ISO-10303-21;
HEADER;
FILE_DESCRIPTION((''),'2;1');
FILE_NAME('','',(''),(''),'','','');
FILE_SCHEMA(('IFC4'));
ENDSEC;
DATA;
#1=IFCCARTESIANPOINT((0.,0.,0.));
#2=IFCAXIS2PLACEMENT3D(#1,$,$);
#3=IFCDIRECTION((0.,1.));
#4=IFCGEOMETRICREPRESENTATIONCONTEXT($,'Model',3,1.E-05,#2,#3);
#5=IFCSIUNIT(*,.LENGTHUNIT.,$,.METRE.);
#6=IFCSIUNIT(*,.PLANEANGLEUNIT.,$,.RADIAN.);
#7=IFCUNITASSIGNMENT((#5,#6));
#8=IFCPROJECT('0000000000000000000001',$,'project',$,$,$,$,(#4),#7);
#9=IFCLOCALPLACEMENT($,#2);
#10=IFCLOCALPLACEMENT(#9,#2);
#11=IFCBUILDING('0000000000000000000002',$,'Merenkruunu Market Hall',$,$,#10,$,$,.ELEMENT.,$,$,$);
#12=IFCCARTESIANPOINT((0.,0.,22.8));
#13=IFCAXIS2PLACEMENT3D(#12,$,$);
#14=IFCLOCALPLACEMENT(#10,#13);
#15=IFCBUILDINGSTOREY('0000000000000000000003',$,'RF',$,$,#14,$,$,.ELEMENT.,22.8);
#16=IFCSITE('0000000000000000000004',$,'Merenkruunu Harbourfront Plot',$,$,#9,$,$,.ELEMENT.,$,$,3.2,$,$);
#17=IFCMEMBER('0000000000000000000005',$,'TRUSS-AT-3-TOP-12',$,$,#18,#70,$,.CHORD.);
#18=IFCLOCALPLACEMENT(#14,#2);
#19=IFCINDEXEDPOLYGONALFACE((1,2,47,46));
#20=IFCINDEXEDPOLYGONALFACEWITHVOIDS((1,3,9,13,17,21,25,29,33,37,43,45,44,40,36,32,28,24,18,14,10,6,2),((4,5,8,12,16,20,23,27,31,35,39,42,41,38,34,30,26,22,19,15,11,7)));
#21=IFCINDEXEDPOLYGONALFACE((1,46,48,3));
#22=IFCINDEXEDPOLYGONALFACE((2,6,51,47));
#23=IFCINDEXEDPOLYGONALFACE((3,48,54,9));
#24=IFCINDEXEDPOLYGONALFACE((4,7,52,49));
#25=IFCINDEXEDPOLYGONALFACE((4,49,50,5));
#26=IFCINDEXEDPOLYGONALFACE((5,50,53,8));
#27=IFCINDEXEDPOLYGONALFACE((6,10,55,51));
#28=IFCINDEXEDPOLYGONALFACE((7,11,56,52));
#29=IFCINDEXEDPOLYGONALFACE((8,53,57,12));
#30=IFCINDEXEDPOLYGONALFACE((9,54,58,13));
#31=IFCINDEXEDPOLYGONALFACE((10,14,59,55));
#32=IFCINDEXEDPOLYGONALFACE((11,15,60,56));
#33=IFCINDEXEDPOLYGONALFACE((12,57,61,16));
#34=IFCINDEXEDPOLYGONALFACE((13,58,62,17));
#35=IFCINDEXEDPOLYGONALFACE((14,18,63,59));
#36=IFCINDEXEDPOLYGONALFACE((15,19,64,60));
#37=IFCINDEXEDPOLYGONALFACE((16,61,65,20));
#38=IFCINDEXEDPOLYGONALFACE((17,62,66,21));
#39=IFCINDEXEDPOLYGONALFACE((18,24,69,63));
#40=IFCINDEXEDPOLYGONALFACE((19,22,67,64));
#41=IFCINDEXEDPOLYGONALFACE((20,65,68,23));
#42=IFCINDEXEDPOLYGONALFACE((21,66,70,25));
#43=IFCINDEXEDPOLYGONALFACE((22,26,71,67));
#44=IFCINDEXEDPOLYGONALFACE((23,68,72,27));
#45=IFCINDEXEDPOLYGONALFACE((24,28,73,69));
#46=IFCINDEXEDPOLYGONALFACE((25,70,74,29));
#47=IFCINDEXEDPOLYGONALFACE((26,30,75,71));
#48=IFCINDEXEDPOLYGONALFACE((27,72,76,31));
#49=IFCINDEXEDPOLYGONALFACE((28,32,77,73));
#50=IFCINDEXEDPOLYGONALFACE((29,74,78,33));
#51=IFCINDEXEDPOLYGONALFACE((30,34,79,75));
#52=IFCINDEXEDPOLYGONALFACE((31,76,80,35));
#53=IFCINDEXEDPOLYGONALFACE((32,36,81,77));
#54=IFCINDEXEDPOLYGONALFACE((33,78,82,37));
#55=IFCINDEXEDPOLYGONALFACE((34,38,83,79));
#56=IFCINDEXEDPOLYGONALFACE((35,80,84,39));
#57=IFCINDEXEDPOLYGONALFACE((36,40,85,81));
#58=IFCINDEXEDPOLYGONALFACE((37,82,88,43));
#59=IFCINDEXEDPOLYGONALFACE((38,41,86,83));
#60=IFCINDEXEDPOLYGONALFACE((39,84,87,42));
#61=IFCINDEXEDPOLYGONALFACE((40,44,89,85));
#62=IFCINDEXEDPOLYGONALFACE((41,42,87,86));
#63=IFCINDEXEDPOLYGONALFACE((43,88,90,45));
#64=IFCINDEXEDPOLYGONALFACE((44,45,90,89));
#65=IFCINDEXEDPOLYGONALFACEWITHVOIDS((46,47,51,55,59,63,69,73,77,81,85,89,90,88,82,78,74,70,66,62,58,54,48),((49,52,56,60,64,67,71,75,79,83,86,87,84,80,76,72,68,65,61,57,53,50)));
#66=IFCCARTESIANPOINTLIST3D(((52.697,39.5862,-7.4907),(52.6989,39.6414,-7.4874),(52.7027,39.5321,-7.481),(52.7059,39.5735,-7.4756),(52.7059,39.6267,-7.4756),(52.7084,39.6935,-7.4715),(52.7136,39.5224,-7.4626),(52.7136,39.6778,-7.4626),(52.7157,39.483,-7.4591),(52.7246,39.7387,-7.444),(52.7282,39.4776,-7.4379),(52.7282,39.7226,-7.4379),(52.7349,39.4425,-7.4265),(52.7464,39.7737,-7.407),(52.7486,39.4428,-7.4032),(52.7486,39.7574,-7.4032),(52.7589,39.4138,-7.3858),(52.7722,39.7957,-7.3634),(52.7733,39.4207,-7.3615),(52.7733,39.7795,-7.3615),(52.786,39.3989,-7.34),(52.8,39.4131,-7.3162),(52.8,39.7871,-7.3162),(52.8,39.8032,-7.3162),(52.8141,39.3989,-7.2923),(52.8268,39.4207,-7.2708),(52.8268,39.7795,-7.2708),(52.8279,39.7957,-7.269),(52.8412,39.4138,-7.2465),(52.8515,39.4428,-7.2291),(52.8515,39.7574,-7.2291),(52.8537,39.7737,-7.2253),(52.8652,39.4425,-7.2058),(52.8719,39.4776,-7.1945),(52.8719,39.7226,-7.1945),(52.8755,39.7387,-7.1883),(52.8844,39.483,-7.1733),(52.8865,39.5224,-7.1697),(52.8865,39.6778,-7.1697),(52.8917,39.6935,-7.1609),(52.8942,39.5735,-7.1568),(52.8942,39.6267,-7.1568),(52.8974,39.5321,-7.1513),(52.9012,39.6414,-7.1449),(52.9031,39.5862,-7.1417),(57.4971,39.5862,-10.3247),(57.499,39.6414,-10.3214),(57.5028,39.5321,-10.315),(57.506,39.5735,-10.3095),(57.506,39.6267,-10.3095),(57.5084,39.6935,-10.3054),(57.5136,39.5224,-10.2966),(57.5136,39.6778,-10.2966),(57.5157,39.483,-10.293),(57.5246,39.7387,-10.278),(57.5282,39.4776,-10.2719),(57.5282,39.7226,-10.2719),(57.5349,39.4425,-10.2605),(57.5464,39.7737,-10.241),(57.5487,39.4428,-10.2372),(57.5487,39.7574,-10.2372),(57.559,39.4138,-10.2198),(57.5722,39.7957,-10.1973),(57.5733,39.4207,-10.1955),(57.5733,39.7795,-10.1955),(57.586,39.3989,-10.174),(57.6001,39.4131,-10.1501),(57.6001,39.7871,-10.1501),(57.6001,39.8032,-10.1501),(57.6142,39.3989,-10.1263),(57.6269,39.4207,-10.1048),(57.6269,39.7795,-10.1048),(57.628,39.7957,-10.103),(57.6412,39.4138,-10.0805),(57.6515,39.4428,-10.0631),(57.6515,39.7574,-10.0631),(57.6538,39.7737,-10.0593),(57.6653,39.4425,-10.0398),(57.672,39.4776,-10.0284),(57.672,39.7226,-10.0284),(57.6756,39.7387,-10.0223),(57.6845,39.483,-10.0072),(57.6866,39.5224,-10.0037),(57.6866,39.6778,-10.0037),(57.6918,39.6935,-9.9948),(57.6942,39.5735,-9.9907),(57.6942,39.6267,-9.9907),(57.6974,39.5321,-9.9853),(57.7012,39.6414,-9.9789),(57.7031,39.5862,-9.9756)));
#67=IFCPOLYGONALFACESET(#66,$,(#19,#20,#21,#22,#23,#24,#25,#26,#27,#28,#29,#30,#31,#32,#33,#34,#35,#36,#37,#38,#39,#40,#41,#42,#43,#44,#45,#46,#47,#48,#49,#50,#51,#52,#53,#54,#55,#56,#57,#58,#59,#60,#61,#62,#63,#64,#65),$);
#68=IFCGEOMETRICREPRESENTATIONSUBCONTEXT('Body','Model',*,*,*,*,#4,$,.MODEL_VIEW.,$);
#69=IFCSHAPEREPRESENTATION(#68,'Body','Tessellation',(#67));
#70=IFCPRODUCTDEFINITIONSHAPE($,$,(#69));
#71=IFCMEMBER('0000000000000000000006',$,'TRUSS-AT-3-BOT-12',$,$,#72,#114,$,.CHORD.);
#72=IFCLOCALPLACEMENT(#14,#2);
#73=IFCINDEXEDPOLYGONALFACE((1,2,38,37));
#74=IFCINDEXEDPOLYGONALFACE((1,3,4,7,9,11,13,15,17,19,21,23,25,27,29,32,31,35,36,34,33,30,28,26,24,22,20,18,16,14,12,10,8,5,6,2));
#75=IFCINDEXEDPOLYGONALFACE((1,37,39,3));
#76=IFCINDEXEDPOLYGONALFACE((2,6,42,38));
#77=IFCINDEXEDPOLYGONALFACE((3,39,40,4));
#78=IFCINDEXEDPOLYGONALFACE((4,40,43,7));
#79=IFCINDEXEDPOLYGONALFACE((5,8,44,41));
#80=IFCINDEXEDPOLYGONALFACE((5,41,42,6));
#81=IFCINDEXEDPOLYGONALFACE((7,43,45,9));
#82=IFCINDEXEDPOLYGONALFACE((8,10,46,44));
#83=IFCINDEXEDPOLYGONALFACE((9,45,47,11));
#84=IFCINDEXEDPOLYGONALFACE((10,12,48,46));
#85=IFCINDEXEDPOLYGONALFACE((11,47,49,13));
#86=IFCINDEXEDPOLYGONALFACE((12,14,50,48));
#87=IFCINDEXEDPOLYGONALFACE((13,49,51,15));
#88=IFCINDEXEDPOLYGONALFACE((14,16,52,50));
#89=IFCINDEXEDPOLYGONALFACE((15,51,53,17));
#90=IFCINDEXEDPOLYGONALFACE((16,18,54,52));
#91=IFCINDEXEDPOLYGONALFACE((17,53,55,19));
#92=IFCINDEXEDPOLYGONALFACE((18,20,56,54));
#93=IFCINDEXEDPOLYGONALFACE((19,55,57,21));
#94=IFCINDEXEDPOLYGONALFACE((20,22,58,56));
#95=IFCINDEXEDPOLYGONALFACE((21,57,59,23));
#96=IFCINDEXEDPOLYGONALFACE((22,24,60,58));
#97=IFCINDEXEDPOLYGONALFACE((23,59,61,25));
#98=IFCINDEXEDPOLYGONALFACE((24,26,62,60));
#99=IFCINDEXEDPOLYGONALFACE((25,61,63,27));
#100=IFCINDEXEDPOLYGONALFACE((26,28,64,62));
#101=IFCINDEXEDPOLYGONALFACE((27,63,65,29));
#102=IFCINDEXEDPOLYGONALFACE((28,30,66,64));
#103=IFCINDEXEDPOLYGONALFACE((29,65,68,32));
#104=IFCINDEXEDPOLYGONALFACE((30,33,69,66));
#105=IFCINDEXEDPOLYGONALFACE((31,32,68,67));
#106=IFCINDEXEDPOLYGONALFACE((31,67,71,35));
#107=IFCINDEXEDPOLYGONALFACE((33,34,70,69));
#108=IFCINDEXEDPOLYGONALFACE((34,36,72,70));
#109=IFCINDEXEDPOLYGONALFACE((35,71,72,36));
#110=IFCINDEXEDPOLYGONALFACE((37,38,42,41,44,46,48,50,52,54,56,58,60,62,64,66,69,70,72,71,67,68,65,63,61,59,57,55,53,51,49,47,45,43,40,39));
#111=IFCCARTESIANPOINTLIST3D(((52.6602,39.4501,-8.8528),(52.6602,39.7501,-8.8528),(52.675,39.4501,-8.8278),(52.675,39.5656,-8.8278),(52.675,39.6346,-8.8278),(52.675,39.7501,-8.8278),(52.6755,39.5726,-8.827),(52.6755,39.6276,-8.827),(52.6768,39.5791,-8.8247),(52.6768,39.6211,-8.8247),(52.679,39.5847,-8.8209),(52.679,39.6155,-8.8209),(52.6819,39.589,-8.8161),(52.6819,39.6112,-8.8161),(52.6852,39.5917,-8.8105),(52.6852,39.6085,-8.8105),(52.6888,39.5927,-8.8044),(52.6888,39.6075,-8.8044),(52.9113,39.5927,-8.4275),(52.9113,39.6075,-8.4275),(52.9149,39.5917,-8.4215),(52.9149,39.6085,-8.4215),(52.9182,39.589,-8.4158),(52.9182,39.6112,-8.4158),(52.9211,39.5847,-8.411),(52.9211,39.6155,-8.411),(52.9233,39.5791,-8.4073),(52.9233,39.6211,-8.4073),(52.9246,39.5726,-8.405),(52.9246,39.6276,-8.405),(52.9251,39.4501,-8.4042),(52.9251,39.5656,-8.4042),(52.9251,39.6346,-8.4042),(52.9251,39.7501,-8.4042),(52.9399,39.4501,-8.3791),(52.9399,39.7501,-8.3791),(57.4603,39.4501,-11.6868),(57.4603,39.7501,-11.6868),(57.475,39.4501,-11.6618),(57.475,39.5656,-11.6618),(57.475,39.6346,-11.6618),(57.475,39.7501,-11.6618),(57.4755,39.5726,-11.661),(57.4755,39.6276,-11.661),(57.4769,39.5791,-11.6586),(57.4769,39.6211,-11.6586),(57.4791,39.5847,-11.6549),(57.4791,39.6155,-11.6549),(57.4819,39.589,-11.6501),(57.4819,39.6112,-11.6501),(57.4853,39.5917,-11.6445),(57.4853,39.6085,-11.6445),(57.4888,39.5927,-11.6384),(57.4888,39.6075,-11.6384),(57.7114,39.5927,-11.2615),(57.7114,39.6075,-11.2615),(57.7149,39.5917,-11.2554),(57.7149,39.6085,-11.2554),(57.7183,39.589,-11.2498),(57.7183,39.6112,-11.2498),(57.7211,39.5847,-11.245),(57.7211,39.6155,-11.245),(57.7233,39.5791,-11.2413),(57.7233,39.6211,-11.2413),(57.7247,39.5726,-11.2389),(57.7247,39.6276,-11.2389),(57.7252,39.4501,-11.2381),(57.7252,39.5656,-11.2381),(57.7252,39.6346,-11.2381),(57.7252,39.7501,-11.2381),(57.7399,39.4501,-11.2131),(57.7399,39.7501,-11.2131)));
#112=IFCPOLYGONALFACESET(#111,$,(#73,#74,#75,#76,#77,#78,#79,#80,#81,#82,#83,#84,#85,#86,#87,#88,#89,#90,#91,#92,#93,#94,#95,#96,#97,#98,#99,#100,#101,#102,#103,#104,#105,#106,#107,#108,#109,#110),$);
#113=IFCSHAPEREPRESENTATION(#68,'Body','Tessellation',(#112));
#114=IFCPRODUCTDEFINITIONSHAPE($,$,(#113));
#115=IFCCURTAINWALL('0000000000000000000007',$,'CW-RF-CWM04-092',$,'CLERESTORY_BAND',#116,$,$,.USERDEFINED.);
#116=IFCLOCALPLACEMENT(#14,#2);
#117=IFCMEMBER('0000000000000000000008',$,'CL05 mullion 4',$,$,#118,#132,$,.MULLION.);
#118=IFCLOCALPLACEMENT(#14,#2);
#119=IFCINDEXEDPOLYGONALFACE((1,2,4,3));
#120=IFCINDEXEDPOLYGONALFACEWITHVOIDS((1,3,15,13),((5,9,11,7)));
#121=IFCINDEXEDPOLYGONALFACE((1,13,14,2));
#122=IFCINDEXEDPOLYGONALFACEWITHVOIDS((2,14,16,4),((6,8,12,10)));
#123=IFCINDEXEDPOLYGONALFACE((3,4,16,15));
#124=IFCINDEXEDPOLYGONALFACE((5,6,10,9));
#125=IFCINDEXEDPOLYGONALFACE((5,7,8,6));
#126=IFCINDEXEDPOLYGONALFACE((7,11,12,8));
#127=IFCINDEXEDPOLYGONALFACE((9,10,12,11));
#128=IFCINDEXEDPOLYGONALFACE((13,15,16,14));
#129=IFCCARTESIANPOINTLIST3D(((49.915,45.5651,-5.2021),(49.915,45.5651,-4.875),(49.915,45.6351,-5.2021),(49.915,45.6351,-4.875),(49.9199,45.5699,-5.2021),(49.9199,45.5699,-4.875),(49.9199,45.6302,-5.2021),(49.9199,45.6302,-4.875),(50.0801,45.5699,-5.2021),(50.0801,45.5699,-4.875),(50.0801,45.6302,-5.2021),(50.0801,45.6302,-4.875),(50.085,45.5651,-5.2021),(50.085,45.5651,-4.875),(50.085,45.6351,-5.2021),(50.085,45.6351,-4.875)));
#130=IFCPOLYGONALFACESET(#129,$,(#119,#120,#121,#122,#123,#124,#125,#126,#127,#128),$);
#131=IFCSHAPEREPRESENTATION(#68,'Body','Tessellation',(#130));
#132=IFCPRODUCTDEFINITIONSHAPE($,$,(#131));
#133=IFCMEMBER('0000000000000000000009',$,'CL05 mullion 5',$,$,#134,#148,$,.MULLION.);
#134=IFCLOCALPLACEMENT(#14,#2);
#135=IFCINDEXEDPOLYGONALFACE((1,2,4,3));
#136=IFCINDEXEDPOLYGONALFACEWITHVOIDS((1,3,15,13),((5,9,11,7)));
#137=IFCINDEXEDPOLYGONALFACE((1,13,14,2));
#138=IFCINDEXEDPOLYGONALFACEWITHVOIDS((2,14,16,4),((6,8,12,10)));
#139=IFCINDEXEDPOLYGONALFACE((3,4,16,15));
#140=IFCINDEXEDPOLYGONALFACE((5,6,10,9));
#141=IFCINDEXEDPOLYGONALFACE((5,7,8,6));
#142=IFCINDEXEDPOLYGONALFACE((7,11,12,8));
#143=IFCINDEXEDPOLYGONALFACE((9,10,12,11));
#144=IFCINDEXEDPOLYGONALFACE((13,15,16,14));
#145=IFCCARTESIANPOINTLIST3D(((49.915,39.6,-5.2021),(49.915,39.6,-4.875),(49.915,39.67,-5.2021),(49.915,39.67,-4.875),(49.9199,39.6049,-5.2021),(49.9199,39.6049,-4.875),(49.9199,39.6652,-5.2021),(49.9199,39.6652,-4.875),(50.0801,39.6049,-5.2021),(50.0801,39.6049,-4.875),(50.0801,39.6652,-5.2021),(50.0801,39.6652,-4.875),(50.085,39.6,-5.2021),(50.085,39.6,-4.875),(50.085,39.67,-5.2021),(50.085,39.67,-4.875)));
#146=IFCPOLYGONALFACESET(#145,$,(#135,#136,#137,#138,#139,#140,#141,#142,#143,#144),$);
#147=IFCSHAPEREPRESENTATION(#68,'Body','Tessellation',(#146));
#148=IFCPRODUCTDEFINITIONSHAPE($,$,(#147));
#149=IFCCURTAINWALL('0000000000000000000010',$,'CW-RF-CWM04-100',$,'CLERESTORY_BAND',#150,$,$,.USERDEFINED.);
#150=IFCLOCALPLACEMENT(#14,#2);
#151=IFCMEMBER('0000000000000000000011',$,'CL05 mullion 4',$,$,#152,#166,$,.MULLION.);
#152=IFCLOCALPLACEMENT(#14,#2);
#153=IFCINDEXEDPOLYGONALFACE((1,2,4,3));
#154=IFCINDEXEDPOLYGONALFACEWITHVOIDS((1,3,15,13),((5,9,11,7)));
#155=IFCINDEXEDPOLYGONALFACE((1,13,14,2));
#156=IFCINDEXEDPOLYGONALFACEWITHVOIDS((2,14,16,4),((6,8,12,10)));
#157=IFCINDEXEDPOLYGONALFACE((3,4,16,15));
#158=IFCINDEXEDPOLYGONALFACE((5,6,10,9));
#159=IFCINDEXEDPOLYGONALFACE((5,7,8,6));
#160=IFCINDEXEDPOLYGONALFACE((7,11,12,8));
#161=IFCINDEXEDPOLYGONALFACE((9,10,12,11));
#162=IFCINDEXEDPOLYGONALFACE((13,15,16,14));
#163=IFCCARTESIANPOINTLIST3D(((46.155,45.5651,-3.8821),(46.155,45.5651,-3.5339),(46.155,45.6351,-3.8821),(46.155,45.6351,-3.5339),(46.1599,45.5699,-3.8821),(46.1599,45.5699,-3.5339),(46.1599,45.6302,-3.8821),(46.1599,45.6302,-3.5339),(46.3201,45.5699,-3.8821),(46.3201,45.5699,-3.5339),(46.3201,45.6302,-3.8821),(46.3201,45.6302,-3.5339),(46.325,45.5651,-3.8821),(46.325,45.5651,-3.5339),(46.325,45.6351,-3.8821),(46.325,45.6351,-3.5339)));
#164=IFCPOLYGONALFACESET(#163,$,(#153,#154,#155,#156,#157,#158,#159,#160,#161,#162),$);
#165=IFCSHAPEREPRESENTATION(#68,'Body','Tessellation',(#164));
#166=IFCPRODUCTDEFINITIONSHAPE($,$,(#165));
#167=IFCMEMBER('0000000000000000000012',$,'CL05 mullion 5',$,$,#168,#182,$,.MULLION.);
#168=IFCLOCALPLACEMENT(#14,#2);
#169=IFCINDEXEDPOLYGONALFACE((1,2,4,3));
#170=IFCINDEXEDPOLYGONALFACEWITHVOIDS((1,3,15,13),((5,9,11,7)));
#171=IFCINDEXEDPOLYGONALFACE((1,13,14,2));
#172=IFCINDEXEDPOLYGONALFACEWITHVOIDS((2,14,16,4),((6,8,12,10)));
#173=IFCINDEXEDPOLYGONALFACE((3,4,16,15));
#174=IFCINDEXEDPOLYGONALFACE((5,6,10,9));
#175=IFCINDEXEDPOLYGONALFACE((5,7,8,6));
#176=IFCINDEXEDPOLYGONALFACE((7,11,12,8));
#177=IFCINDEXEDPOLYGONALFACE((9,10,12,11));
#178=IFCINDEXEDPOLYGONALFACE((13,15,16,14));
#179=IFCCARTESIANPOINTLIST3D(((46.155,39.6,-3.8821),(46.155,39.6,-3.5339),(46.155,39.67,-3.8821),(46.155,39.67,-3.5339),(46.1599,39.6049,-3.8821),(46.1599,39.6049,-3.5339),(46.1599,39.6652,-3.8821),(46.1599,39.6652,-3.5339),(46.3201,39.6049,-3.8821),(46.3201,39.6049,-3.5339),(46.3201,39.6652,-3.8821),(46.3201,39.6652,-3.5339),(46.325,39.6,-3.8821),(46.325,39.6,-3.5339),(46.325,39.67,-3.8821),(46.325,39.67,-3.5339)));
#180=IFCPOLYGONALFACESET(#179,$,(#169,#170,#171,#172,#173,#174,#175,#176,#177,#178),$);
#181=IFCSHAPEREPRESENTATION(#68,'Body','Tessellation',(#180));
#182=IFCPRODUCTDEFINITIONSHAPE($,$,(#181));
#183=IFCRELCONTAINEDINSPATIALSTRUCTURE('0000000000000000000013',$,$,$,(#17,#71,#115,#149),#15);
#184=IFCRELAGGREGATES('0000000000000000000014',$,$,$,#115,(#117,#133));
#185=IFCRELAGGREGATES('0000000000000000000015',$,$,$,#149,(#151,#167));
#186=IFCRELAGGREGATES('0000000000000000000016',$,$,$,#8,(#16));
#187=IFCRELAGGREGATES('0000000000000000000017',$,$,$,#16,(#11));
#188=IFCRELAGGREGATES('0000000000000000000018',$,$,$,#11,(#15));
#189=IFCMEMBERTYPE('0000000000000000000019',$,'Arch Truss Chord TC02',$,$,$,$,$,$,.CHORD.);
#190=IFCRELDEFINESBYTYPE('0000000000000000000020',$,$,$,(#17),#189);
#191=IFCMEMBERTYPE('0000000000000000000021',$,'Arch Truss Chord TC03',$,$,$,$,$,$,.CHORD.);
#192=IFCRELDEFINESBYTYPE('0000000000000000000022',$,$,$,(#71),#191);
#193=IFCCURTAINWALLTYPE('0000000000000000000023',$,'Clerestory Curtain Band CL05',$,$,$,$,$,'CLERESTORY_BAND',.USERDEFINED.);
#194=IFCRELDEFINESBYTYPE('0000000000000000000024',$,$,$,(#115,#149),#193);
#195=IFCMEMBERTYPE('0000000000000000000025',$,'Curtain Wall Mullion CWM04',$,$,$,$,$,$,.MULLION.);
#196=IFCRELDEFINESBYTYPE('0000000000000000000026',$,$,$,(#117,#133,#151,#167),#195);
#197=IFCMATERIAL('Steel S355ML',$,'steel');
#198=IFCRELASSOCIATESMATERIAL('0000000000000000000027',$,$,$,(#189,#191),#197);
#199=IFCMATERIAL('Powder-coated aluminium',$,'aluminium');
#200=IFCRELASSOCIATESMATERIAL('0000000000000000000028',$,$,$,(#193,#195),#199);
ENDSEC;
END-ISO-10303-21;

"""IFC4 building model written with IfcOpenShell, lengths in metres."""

from ifc_helpers import new_model, si_unit, direction, frame, origin, origin_2d, place, context, subcontext, project, spatial, hollow_rectangle, hollow_circle, i_section, extrude, material, material_profile, profile_set, type_object, element, aggregate, save


model = new_model("IFC4")

# Units and contexts
model_context = context("Model", 3, precision=1e-05, world=origin(), true_north=direction((0.0, 1.0)))
body_context = subcontext(model_context, "Body", "Model", "MODEL_VIEW")
ifc_project = project(units=[si_unit("LENGTHUNIT", "METRE"), si_unit("PLANEANGLEUNIT", "RADIAN")], contexts=[model_context])

# Site, building, storey
site_placement = place(None, origin())
site = spatial("IfcSite", under=ifc_project, at=site_placement, Name="Merenkruunu Harbourfront Plot", CompositionType="ELEMENT", RefElevation=3.2)
building_placement = place(site_placement, origin())
building = spatial("IfcBuilding", under=site, at=building_placement, Name="Merenkruunu Market Hall", CompositionType="ELEMENT")
storey_placement = place(building_placement, frame((0.0, 0.0, 22.8)))
storey = spatial("IfcBuildingStorey", under=building, at=storey_placement, Name="RF", CompositionType="ELEMENT", Elevation=22.8)

# Members
ifc_material_1 = material(Name="Steel S355ML", Category="steel")
ifc_material_profile_1 = material_profile(ifc_material_1, hollow_circle(Radius=0.2031, WallThickness=0.0161, at=origin_2d()), Name="CHS 406.4x16")
ifc_profile_set_1 = profile_set([ifc_material_profile_1], Name="Steel S355ML")
member_type_1 = type_object("IfcMemberType", Name="Arch Truss Chord TC02", PredefinedType="CHORD", material=ifc_profile_set_1)
member_1_placement = place(storey_placement, frame((52.8, 39.6001, -7.3162), z_axis=(0.861116, 0.0, -0.508409), x_axis=(0.0, 1.0, 0.0)))
element("IfcMember", 1, at=member_1_placement, inside=storey, type_object=member_type_1, Name="TRUSS-AT-3-TOP-12", PredefinedType="CHORD", context=body_context, shape_type="SweptSolid", body=[
    extrude(hollow_circle(Radius=0.2031, WallThickness=0.0161, at=origin_2d()), origin(), (0.0, 0.0, 1.0), 5.5742),
])
ifc_material_profile_2 = material_profile(ifc_material_1, i_section(OverallWidth=0.3, OverallDepth=0.55, WebThickness=0.0149, FlangeThickness=0.0291, FilletRadius=0.0271, at=origin_2d()), Name="HEB 550")
ifc_profile_set_2 = profile_set([ifc_material_profile_2], Name="Steel S355ML")
member_type_2 = type_object("IfcMemberType", Name="Arch Truss Chord TC03", PredefinedType="CHORD", material=ifc_profile_set_2)
member_2_placement = place(storey_placement, frame((52.8, 39.6001, -8.616), z_axis=(0.861116, 0.0, -0.508409), x_axis=(0.0, 1.0, 0.0)))
element("IfcMember", 2, at=member_2_placement, inside=storey, type_object=member_type_2, Name="TRUSS-AT-3-BOT-12", PredefinedType="CHORD", context=body_context, shape_type="SweptSolid", body=[
    extrude(i_section(OverallWidth=0.3, OverallDepth=0.55, WebThickness=0.0149, FlangeThickness=0.0291, FilletRadius=0.0271, at=origin_2d()), origin(), (0.0, 0.0, 1.0), 5.5742),
])

# Curtain walls, members
ifc_material_2 = material(Name="Powder-coated aluminium", Category="aluminium")
curtain_wall_type = type_object("IfcCurtainWallType", Name="Clerestory Curtain Band CL05", ElementType="CLERESTORY_BAND", PredefinedType="USERDEFINED", material=ifc_material_2)
curtain_wall_1_placement = place(storey_placement, origin())
curtain_wall_1 = element("IfcCurtainWall", 3, at=curtain_wall_1_placement, inside=storey, type_object=curtain_wall_type, Name="CW-RF-CWM04-092", ObjectType="CLERESTORY_BAND", PredefinedType="USERDEFINED")
ifc_material_profile_3 = material_profile(ifc_material_2, hollow_rectangle(XDim=0.0701, YDim=0.1699, WallThickness=0.0049, at=origin_2d()), Name="ALU 70x170x5")
ifc_profile_set_3 = profile_set([ifc_material_profile_3], Name="Powder-coated aluminium")
member_type_3 = type_object("IfcMemberType", Name="Curtain Wall Mullion CWM04", PredefinedType="MULLION", material=ifc_profile_set_3)
member_3_placement = place(storey_placement, frame((50.0, 45.6001, -5.2021), z_axis=(0.0, 0.0, 1.0), x_axis=(0.0, -1.0, 0.0)))
member_3 = element("IfcMember", 4, at=member_3_placement, type_object=member_type_3, Name="CL05 mullion 4", PredefinedType="MULLION", context=body_context, shape_type="SweptSolid", body=[
    extrude(hollow_rectangle(XDim=0.0701, YDim=0.1699, WallThickness=0.0049, at=origin_2d()), origin(), (0.0, 0.0, 1.0), 0.3271),
])
member_4_placement = place(storey_placement, frame((50.0, 39.635, -5.2021), z_axis=(0.0, 0.0, 1.0), x_axis=(0.0, -1.0, 0.0)))
member_4 = element("IfcMember", 5, at=member_4_placement, type_object=member_type_3, Name="CL05 mullion 5", PredefinedType="MULLION", context=body_context, shape_type="SweptSolid", body=[
    extrude(hollow_rectangle(XDim=0.0701, YDim=0.1699, WallThickness=0.0049, at=origin_2d()), origin(), (0.0, 0.0, 1.0), 0.3271),
])
curtain_wall_2_placement = place(storey_placement, origin())
curtain_wall_2 = element("IfcCurtainWall", 6, at=curtain_wall_2_placement, inside=storey, type_object=curtain_wall_type, Name="CW-RF-CWM04-100", ObjectType="CLERESTORY_BAND", PredefinedType="USERDEFINED")
member_5_placement = place(storey_placement, frame((46.24, 45.6001, -3.8821), z_axis=(0.0, 0.0, 1.0), x_axis=(0.0, -1.0, 0.0)))
member_5 = element("IfcMember", 7, at=member_5_placement, type_object=member_type_3, Name="CL05 mullion 4", PredefinedType="MULLION", context=body_context, shape_type="SweptSolid", body=[
    extrude(hollow_rectangle(XDim=0.0701, YDim=0.1699, WallThickness=0.0049, at=origin_2d()), origin(), (0.0, 0.0, 1.0), 0.3481),
])
member_6_placement = place(storey_placement, frame((46.24, 39.635, -3.8821), z_axis=(0.0, 0.0, 1.0), x_axis=(0.0, -1.0, 0.0)))
member_6 = element("IfcMember", 8, at=member_6_placement, type_object=member_type_3, Name="CL05 mullion 5", PredefinedType="MULLION", context=body_context, shape_type="SweptSolid", body=[
    extrude(hollow_rectangle(XDim=0.0701, YDim=0.1699, WallThickness=0.0049, at=origin_2d()), origin(), (0.0, 0.0, 1.0), 0.3481),
])

aggregate(curtain_wall_1, [member_3, member_4])
aggregate(curtain_wall_2, [member_5, member_6])

save(model, "model.ifc")
